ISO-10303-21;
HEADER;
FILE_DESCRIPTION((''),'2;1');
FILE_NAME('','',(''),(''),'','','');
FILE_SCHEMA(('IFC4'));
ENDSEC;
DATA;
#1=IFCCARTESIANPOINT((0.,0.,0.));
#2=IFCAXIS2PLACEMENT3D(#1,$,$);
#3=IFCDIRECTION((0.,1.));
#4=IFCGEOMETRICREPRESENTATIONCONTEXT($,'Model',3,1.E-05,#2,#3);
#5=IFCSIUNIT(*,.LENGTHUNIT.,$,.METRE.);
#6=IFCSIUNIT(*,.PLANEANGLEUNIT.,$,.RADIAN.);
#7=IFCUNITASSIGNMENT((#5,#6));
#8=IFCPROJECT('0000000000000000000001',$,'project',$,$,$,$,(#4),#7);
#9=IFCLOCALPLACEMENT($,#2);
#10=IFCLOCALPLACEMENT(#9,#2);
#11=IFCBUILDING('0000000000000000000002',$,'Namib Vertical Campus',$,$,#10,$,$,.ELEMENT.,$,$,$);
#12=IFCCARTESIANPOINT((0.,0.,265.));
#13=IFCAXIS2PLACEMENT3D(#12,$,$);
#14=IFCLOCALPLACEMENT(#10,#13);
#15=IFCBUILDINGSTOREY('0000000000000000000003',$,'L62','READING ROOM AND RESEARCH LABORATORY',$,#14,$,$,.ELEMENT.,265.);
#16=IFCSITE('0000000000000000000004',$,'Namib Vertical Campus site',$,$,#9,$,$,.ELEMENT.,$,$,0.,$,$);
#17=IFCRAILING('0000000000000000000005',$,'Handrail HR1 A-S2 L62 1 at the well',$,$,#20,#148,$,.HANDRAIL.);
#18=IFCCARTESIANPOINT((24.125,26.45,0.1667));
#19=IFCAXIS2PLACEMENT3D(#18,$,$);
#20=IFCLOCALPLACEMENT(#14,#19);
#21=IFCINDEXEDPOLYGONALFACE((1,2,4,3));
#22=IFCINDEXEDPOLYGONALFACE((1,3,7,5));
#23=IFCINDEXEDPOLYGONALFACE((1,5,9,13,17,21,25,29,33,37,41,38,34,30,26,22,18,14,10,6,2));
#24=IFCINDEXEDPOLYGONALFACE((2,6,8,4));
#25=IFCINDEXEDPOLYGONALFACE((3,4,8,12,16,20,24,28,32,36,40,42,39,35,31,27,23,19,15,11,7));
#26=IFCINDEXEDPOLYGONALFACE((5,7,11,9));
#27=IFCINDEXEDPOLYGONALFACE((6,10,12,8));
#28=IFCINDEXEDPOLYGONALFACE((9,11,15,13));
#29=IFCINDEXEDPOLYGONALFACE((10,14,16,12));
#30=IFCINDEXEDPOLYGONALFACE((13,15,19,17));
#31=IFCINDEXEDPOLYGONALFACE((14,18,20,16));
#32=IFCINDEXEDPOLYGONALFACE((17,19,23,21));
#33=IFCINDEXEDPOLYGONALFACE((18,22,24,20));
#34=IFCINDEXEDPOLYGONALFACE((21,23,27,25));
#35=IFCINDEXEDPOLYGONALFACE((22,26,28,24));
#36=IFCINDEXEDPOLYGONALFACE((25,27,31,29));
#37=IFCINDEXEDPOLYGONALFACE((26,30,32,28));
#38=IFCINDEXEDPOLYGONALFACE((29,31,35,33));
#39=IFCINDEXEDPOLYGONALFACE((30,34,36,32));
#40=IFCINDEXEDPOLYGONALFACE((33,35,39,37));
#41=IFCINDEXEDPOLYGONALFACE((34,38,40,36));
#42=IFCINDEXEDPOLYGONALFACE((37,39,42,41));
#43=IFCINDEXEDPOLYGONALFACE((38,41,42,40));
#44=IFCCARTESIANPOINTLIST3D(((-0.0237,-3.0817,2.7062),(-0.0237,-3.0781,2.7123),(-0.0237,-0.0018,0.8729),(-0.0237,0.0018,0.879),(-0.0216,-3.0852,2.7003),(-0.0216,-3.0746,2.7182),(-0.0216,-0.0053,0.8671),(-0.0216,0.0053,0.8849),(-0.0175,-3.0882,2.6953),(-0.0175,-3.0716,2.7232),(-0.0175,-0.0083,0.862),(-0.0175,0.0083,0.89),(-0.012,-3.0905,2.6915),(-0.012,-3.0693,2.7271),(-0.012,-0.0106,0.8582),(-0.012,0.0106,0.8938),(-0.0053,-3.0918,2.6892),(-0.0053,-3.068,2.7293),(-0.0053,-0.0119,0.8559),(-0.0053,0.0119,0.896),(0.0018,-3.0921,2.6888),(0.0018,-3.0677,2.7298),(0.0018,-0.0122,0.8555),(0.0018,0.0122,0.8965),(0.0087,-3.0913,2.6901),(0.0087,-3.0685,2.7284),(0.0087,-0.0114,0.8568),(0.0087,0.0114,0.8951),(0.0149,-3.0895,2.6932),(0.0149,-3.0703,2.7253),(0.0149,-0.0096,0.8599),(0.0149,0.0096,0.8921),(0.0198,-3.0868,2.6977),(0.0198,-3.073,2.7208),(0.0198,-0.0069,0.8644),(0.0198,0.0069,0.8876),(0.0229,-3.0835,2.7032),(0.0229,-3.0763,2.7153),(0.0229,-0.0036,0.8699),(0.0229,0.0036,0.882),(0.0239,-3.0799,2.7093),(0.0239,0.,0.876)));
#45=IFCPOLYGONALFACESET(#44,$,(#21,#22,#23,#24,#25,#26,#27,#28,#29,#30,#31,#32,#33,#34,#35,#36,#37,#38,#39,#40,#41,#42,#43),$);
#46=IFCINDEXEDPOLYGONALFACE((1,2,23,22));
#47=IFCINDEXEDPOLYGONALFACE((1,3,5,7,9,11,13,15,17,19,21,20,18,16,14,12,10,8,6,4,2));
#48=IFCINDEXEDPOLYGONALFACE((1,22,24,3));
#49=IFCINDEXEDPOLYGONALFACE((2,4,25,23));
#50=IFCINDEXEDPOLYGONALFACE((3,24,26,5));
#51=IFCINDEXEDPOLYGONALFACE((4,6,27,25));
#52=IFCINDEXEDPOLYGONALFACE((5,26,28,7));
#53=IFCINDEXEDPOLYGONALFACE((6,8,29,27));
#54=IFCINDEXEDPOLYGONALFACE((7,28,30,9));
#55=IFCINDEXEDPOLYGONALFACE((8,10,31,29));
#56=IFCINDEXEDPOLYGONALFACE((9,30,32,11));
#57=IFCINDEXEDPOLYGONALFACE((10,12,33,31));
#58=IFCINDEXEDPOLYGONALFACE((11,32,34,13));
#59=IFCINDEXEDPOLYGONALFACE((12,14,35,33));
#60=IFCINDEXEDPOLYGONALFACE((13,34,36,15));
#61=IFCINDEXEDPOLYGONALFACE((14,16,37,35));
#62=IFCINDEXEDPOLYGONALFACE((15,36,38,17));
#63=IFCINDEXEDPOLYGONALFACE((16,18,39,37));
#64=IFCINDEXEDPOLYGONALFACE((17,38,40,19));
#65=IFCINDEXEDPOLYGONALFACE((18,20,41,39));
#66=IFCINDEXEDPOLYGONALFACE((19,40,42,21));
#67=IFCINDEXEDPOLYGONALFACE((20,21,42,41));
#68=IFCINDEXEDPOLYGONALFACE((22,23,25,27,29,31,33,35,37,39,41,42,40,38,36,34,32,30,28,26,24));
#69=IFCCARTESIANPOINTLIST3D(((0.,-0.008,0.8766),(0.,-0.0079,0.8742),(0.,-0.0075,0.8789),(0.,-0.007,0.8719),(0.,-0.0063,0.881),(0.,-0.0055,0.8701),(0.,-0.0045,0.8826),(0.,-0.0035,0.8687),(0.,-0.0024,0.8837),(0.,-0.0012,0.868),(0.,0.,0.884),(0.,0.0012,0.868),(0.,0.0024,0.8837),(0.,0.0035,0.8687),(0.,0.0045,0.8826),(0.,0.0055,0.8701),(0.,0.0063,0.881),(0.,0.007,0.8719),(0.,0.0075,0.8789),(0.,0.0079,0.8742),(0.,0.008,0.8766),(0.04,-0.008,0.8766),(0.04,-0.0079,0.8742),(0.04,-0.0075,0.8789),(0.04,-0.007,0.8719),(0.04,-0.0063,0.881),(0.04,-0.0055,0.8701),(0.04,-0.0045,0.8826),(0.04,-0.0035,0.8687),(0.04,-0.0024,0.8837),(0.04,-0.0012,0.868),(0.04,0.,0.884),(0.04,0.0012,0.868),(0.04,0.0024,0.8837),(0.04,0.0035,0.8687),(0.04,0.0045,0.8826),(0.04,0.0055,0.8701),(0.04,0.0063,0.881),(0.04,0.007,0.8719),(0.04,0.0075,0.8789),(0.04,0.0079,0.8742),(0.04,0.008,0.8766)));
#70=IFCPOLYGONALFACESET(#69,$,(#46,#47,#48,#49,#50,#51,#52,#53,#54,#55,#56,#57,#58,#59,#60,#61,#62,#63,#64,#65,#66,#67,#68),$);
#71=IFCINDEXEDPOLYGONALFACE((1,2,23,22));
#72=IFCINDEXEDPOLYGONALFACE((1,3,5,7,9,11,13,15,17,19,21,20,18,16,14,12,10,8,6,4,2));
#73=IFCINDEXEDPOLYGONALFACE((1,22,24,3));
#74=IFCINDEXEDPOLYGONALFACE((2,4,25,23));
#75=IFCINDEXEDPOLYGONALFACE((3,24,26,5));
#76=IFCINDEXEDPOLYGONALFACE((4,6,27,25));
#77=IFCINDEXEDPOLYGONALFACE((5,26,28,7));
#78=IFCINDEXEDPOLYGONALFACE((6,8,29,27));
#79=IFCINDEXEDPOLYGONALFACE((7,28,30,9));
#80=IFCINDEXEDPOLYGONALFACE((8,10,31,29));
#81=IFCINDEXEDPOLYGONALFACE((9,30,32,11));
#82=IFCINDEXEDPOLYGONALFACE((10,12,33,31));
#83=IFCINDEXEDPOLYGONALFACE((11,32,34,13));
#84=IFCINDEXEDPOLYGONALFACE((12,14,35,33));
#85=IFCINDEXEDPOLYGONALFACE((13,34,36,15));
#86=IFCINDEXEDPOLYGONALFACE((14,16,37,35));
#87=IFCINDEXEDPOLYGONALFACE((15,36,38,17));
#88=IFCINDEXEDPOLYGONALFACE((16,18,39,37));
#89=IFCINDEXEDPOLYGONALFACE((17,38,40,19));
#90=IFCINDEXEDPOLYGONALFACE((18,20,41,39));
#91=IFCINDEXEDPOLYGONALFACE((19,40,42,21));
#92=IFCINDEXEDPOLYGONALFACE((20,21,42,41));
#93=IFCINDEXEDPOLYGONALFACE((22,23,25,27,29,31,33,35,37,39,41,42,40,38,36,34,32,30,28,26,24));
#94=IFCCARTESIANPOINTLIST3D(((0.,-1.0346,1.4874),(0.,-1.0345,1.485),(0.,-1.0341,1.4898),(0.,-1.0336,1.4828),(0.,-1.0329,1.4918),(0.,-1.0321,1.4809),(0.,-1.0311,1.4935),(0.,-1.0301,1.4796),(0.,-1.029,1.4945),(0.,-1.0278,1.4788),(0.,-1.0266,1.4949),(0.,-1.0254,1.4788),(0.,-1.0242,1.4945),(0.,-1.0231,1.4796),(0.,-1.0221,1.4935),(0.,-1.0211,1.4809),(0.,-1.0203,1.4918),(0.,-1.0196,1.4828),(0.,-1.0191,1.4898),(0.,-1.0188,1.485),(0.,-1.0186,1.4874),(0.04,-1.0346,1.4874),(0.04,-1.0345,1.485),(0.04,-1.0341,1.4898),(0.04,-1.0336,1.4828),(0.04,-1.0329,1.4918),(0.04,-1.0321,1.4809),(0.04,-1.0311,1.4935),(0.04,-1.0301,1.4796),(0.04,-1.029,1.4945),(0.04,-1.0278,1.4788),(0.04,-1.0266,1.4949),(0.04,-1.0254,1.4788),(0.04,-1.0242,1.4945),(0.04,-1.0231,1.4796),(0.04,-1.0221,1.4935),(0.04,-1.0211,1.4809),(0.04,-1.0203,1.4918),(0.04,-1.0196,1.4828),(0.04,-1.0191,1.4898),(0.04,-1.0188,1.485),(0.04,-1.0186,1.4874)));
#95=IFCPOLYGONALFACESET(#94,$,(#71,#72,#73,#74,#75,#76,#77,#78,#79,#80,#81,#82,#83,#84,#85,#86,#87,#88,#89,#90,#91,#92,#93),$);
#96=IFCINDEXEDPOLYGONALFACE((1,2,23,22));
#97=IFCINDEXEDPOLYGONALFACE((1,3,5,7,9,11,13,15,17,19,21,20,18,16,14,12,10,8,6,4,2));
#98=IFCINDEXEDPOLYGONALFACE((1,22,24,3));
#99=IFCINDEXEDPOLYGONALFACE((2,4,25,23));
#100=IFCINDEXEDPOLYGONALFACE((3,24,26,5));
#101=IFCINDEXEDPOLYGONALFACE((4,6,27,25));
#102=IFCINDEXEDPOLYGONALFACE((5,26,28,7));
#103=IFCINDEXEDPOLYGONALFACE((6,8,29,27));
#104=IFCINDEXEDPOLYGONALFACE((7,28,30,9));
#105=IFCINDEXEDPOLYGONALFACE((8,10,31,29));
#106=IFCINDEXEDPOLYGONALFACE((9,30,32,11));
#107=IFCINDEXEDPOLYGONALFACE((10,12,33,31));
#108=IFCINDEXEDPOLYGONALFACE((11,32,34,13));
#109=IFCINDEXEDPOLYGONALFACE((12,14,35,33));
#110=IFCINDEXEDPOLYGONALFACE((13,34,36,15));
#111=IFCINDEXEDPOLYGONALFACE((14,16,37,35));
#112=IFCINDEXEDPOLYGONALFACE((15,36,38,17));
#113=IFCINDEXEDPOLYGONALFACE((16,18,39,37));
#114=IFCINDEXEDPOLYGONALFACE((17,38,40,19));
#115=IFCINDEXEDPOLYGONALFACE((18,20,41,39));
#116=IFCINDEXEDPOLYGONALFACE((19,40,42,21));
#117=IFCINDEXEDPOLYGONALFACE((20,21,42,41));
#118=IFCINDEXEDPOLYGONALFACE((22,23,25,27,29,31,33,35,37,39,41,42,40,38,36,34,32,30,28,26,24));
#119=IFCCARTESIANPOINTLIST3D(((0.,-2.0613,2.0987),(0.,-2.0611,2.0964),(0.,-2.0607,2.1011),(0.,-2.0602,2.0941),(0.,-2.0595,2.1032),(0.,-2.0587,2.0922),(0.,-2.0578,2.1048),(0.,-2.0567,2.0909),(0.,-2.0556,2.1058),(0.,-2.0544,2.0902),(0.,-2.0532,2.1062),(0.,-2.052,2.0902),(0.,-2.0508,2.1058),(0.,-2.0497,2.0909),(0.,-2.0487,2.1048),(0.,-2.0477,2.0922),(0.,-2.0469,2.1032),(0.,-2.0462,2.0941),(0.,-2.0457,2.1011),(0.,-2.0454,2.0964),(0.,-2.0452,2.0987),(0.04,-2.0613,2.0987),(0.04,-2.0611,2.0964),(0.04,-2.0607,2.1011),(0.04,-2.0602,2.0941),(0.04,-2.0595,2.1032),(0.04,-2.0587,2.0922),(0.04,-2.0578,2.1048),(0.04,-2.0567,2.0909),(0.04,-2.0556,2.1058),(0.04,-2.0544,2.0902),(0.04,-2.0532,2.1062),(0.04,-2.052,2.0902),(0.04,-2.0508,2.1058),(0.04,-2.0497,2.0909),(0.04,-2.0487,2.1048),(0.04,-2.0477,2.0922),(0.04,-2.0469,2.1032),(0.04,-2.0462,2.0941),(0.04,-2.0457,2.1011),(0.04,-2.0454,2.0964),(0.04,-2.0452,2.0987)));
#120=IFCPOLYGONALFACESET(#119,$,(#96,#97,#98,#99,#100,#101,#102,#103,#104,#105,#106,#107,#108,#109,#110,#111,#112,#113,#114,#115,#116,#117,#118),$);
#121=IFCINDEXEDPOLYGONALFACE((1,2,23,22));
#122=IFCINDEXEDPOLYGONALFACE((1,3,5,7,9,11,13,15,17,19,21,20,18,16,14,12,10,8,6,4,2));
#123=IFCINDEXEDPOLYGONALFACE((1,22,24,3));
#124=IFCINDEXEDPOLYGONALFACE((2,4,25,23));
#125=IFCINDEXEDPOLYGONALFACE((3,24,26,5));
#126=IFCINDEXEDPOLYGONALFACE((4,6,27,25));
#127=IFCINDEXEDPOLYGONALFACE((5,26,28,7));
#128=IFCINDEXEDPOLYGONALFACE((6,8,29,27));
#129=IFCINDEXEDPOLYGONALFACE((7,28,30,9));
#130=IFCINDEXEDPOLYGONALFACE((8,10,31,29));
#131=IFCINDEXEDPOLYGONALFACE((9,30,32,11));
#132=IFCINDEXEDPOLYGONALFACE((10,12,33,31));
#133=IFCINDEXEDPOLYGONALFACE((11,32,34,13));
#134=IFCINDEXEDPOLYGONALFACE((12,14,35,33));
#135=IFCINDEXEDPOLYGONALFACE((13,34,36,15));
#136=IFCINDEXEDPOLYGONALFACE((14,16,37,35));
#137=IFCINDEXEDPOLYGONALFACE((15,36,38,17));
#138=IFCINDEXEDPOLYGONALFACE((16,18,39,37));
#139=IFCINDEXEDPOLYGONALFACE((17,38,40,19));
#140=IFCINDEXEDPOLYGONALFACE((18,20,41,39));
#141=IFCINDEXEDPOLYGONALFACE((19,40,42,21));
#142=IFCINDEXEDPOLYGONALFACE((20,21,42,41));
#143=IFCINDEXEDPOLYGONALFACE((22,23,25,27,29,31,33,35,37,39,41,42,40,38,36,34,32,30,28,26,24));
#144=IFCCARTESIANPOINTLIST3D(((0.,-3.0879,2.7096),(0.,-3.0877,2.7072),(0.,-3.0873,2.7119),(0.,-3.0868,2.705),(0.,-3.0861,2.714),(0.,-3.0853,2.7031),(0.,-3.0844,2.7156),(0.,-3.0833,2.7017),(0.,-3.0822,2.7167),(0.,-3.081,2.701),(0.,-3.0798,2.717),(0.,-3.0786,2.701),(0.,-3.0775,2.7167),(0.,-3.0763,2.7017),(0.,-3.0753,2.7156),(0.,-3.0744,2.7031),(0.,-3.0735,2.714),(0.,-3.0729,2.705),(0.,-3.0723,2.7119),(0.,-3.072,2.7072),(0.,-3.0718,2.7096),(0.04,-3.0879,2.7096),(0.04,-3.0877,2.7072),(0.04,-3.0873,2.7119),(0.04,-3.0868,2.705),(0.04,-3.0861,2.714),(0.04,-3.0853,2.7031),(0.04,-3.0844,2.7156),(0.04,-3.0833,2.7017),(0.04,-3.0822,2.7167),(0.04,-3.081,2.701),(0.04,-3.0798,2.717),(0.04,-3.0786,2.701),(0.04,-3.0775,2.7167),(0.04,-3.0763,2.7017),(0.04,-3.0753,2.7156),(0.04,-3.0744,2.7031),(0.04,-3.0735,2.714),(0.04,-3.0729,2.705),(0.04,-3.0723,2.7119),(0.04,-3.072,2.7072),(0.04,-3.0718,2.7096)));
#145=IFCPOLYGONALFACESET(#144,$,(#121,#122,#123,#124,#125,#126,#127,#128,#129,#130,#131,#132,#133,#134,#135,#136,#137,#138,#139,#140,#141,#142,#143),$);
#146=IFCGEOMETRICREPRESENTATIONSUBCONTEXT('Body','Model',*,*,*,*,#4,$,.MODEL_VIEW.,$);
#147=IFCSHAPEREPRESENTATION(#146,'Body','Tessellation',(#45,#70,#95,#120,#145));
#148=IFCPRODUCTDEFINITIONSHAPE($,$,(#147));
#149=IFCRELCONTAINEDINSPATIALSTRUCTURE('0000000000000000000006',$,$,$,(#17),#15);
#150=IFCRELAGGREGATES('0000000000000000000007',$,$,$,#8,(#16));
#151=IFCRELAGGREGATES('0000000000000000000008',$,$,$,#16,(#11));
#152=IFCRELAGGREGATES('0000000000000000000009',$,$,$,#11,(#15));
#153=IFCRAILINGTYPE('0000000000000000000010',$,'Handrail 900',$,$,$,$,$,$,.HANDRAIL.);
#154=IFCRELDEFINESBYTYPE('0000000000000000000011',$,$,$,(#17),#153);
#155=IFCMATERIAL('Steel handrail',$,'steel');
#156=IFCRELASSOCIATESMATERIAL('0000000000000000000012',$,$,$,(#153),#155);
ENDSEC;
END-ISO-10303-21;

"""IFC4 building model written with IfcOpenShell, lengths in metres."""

from ifc_helpers import new_model, si_unit, direction, frame, origin, origin_2d, place, context, subcontext, project, spatial, circle, extrude, material, type_object, element, save


model = new_model("IFC4")

# Units and contexts
model_context = context("Model", 3, precision=1e-05, world=origin(), true_north=direction((0.0, 1.0)))
body_context = subcontext(model_context, "Body", "Model", "MODEL_VIEW")
ifc_project = project(units=[si_unit("LENGTHUNIT", "METRE"), si_unit("PLANEANGLEUNIT", "RADIAN")], contexts=[model_context])

# Site, building, storey
site_placement = place(None, origin())
site = spatial("IfcSite", under=ifc_project, at=site_placement, Name="Namib Vertical Campus site", CompositionType="ELEMENT", RefElevation=0.0)
building_placement = place(site_placement, origin())
building = spatial("IfcBuilding", under=site, at=building_placement, Name="Namib Vertical Campus", CompositionType="ELEMENT")
storey_placement = place(building_placement, frame((0.0, 0.0, 265.0)))
storey = spatial("IfcBuildingStorey", under=building, at=storey_placement, Name="L62", Description="READING ROOM AND RESEARCH LABORATORY", CompositionType="ELEMENT", Elevation=265.0)

# Railing
ifc_material_1 = material(Name="Steel handrail", Category="steel")
railing_type_1 = type_object("IfcRailingType", Name="Handrail 900", PredefinedType="HANDRAIL", material=ifc_material_1)
railing_1_placement = place(storey_placement, frame((24.125, 26.45, 0.1667)))
element("IfcRailing", 1, at=railing_1_placement, inside=storey, type_object=railing_type_1, Name="Handrail HR1 A-S2 L62 1 at the well", PredefinedType="HANDRAIL", context=body_context, shape_type="SweptSolid", body=[
    extrude(circle(Radius=0.0239, at=origin_2d()), frame((0.0, 0.0, 0.876), z_axis=(0.0, -0.859291, 0.511487), x_axis=(1.0, 0.0, 0.0)), (0.0, 0.0, 1.0), 3.5842),
    extrude(circle(Radius=0.0081, at=origin_2d()), frame((0.0, 0.0, 0.876), z_axis=(1.0, 0.0, 0.0), x_axis=(0.0, 0.0, 1.0)), (0.0, 0.0, 1.0), 0.04),
    extrude(circle(Radius=0.0081, at=origin_2d()), frame((0.0, -1.0266, 1.4868), z_axis=(1.0, 0.0, 0.0), x_axis=(0.0, 0.0, 1.0)), (0.0, 0.0, 1.0), 0.04),
    extrude(circle(Radius=0.0081, at=origin_2d()), frame((0.0, -2.0532, 2.0981), z_axis=(1.0, 0.0, 0.0), x_axis=(0.0, 0.0, 1.0)), (0.0, 0.0, 1.0), 0.04),
    extrude(circle(Radius=0.0081, at=origin_2d()), frame((0.0, -3.0798, 2.709), z_axis=(1.0, 0.0, 0.0), x_axis=(0.0, 0.0, 1.0)), (0.0, 0.0, 1.0), 0.04),
])

save(model, "model.ifc")
